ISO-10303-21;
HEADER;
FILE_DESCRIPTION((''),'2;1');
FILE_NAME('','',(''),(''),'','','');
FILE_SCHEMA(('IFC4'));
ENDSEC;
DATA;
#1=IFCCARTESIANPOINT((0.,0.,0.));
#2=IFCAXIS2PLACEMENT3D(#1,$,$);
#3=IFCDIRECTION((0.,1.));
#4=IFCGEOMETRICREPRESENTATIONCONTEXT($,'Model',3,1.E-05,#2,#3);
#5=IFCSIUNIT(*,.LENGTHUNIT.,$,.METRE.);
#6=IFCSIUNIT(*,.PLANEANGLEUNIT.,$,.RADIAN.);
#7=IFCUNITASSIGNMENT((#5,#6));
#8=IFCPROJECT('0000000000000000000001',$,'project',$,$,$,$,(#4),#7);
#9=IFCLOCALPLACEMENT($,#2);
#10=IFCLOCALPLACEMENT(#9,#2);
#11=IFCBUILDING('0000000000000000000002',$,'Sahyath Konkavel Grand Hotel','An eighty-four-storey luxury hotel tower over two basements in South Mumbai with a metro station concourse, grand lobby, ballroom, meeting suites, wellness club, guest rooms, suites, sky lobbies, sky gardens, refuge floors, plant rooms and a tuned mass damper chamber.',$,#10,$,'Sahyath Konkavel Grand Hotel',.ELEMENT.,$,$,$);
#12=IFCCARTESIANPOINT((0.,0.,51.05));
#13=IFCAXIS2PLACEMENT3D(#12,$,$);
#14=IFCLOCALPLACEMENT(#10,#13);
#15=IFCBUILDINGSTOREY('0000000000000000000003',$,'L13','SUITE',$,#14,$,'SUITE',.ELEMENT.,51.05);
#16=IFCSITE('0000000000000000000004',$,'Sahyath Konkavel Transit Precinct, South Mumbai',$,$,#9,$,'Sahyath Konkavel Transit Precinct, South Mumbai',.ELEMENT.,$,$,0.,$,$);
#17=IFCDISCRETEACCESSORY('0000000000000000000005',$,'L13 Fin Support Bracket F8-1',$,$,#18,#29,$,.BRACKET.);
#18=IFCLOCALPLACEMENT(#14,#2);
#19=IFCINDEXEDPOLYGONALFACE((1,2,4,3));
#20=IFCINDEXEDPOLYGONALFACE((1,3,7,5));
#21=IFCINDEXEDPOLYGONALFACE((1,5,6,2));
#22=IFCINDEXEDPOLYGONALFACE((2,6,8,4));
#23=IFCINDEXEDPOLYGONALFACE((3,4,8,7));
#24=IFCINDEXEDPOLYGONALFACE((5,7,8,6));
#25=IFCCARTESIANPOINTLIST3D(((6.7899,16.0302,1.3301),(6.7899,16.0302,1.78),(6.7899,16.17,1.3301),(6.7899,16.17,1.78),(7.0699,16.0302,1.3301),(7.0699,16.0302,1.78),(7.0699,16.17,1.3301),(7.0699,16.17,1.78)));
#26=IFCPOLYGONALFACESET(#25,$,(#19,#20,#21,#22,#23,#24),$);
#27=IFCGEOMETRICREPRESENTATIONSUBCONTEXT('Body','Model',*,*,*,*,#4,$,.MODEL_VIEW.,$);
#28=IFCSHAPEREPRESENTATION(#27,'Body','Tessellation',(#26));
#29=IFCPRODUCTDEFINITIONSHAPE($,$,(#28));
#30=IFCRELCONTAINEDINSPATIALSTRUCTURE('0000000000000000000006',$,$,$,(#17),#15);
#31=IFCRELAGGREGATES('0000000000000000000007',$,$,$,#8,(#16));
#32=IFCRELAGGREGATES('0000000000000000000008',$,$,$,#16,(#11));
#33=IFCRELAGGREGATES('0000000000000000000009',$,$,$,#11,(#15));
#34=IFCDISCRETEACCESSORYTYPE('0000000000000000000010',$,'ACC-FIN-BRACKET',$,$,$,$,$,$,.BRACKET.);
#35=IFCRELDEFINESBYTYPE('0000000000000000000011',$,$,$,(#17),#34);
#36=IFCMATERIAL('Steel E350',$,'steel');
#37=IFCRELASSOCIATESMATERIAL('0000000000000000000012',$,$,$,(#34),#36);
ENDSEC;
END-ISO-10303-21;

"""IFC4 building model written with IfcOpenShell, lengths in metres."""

from ifc_helpers import new_model, si_unit, direction, frame, origin, origin_2d, place, context, subcontext, project, spatial, rectangle, extrude, source, transform, mapped, material, type_object, element, save


model = new_model("IFC4")

# Units and contexts
model_context = context("Model", 3, precision=1e-05, world=origin(), true_north=direction((0.0, 1.0)))
body_context = subcontext(model_context, "Body", "Model", "MODEL_VIEW")
ifc_project = project(units=[si_unit("LENGTHUNIT", "METRE"), si_unit("PLANEANGLEUNIT", "RADIAN")], contexts=[model_context])

# Site, building, storey
site_placement = place(None, origin())
site = spatial("IfcSite", under=ifc_project, at=site_placement, Name="Sahyath Konkavel Transit Precinct, South Mumbai", LongName="Sahyath Konkavel Transit Precinct, South Mumbai", CompositionType="ELEMENT", RefElevation=0.0)
building_placement = place(site_placement, origin())
building = spatial("IfcBuilding", under=site, at=building_placement, Name="Sahyath Konkavel Grand Hotel", Description="An eighty-four-storey luxury hotel tower over two basements in South Mumbai with a metro station concourse, grand lobby, ballroom, meeting suites, wellness club, guest rooms, suites, sky lobbies, sky gardens, refuge floors, plant rooms and a tuned mass damper chamber.", LongName="Sahyath Konkavel Grand Hotel", CompositionType="ELEMENT")
storey_placement = place(building_placement, frame((0.0, 0.0, 51.05)))
storey = spatial("IfcBuildingStorey", under=building, at=storey_placement, Name="L13", Description="SUITE", LongName="SUITE", CompositionType="ELEMENT", Elevation=51.05)

# Shared definitions
ifc_material_1 = material(Name="Steel E350", Category="steel")

# Discrete accessory
discrete_accessory_type = type_object("IfcDiscreteAccessoryType", Name="ACC-FIN-BRACKET", PredefinedType="BRACKET", material=ifc_material_1)
shared_shape_1 = source(origin(), body_context, "Body", "SweptSolid", [
    extrude(rectangle(XDim=0.28, YDim=0.1399, at=origin_2d()), origin(), (0.0, 0.0, 1.0), 0.45),
])
for number, where, z_axis, x_axis, name in (
    (1, (6.9299, 16.1001, 1.3301), (0.0, 0.0, 1.0), (1.0, 0.0, 0.0), "L13 Fin Support Bracket F8-1"),
):
    element("IfcDiscreteAccessory", number, at=place(storey_placement, frame(where, z_axis=z_axis, x_axis=x_axis)), inside=storey, type_object=discrete_accessory_type, Name=name, PredefinedType="BRACKET", context=body_context, shape_type="MappedRepresentation", body=[
        mapped(shared_shape_1, transform((0.0, 0.0, 0.0), scale=1.0)),
    ])

save(model, "model.ifc")
